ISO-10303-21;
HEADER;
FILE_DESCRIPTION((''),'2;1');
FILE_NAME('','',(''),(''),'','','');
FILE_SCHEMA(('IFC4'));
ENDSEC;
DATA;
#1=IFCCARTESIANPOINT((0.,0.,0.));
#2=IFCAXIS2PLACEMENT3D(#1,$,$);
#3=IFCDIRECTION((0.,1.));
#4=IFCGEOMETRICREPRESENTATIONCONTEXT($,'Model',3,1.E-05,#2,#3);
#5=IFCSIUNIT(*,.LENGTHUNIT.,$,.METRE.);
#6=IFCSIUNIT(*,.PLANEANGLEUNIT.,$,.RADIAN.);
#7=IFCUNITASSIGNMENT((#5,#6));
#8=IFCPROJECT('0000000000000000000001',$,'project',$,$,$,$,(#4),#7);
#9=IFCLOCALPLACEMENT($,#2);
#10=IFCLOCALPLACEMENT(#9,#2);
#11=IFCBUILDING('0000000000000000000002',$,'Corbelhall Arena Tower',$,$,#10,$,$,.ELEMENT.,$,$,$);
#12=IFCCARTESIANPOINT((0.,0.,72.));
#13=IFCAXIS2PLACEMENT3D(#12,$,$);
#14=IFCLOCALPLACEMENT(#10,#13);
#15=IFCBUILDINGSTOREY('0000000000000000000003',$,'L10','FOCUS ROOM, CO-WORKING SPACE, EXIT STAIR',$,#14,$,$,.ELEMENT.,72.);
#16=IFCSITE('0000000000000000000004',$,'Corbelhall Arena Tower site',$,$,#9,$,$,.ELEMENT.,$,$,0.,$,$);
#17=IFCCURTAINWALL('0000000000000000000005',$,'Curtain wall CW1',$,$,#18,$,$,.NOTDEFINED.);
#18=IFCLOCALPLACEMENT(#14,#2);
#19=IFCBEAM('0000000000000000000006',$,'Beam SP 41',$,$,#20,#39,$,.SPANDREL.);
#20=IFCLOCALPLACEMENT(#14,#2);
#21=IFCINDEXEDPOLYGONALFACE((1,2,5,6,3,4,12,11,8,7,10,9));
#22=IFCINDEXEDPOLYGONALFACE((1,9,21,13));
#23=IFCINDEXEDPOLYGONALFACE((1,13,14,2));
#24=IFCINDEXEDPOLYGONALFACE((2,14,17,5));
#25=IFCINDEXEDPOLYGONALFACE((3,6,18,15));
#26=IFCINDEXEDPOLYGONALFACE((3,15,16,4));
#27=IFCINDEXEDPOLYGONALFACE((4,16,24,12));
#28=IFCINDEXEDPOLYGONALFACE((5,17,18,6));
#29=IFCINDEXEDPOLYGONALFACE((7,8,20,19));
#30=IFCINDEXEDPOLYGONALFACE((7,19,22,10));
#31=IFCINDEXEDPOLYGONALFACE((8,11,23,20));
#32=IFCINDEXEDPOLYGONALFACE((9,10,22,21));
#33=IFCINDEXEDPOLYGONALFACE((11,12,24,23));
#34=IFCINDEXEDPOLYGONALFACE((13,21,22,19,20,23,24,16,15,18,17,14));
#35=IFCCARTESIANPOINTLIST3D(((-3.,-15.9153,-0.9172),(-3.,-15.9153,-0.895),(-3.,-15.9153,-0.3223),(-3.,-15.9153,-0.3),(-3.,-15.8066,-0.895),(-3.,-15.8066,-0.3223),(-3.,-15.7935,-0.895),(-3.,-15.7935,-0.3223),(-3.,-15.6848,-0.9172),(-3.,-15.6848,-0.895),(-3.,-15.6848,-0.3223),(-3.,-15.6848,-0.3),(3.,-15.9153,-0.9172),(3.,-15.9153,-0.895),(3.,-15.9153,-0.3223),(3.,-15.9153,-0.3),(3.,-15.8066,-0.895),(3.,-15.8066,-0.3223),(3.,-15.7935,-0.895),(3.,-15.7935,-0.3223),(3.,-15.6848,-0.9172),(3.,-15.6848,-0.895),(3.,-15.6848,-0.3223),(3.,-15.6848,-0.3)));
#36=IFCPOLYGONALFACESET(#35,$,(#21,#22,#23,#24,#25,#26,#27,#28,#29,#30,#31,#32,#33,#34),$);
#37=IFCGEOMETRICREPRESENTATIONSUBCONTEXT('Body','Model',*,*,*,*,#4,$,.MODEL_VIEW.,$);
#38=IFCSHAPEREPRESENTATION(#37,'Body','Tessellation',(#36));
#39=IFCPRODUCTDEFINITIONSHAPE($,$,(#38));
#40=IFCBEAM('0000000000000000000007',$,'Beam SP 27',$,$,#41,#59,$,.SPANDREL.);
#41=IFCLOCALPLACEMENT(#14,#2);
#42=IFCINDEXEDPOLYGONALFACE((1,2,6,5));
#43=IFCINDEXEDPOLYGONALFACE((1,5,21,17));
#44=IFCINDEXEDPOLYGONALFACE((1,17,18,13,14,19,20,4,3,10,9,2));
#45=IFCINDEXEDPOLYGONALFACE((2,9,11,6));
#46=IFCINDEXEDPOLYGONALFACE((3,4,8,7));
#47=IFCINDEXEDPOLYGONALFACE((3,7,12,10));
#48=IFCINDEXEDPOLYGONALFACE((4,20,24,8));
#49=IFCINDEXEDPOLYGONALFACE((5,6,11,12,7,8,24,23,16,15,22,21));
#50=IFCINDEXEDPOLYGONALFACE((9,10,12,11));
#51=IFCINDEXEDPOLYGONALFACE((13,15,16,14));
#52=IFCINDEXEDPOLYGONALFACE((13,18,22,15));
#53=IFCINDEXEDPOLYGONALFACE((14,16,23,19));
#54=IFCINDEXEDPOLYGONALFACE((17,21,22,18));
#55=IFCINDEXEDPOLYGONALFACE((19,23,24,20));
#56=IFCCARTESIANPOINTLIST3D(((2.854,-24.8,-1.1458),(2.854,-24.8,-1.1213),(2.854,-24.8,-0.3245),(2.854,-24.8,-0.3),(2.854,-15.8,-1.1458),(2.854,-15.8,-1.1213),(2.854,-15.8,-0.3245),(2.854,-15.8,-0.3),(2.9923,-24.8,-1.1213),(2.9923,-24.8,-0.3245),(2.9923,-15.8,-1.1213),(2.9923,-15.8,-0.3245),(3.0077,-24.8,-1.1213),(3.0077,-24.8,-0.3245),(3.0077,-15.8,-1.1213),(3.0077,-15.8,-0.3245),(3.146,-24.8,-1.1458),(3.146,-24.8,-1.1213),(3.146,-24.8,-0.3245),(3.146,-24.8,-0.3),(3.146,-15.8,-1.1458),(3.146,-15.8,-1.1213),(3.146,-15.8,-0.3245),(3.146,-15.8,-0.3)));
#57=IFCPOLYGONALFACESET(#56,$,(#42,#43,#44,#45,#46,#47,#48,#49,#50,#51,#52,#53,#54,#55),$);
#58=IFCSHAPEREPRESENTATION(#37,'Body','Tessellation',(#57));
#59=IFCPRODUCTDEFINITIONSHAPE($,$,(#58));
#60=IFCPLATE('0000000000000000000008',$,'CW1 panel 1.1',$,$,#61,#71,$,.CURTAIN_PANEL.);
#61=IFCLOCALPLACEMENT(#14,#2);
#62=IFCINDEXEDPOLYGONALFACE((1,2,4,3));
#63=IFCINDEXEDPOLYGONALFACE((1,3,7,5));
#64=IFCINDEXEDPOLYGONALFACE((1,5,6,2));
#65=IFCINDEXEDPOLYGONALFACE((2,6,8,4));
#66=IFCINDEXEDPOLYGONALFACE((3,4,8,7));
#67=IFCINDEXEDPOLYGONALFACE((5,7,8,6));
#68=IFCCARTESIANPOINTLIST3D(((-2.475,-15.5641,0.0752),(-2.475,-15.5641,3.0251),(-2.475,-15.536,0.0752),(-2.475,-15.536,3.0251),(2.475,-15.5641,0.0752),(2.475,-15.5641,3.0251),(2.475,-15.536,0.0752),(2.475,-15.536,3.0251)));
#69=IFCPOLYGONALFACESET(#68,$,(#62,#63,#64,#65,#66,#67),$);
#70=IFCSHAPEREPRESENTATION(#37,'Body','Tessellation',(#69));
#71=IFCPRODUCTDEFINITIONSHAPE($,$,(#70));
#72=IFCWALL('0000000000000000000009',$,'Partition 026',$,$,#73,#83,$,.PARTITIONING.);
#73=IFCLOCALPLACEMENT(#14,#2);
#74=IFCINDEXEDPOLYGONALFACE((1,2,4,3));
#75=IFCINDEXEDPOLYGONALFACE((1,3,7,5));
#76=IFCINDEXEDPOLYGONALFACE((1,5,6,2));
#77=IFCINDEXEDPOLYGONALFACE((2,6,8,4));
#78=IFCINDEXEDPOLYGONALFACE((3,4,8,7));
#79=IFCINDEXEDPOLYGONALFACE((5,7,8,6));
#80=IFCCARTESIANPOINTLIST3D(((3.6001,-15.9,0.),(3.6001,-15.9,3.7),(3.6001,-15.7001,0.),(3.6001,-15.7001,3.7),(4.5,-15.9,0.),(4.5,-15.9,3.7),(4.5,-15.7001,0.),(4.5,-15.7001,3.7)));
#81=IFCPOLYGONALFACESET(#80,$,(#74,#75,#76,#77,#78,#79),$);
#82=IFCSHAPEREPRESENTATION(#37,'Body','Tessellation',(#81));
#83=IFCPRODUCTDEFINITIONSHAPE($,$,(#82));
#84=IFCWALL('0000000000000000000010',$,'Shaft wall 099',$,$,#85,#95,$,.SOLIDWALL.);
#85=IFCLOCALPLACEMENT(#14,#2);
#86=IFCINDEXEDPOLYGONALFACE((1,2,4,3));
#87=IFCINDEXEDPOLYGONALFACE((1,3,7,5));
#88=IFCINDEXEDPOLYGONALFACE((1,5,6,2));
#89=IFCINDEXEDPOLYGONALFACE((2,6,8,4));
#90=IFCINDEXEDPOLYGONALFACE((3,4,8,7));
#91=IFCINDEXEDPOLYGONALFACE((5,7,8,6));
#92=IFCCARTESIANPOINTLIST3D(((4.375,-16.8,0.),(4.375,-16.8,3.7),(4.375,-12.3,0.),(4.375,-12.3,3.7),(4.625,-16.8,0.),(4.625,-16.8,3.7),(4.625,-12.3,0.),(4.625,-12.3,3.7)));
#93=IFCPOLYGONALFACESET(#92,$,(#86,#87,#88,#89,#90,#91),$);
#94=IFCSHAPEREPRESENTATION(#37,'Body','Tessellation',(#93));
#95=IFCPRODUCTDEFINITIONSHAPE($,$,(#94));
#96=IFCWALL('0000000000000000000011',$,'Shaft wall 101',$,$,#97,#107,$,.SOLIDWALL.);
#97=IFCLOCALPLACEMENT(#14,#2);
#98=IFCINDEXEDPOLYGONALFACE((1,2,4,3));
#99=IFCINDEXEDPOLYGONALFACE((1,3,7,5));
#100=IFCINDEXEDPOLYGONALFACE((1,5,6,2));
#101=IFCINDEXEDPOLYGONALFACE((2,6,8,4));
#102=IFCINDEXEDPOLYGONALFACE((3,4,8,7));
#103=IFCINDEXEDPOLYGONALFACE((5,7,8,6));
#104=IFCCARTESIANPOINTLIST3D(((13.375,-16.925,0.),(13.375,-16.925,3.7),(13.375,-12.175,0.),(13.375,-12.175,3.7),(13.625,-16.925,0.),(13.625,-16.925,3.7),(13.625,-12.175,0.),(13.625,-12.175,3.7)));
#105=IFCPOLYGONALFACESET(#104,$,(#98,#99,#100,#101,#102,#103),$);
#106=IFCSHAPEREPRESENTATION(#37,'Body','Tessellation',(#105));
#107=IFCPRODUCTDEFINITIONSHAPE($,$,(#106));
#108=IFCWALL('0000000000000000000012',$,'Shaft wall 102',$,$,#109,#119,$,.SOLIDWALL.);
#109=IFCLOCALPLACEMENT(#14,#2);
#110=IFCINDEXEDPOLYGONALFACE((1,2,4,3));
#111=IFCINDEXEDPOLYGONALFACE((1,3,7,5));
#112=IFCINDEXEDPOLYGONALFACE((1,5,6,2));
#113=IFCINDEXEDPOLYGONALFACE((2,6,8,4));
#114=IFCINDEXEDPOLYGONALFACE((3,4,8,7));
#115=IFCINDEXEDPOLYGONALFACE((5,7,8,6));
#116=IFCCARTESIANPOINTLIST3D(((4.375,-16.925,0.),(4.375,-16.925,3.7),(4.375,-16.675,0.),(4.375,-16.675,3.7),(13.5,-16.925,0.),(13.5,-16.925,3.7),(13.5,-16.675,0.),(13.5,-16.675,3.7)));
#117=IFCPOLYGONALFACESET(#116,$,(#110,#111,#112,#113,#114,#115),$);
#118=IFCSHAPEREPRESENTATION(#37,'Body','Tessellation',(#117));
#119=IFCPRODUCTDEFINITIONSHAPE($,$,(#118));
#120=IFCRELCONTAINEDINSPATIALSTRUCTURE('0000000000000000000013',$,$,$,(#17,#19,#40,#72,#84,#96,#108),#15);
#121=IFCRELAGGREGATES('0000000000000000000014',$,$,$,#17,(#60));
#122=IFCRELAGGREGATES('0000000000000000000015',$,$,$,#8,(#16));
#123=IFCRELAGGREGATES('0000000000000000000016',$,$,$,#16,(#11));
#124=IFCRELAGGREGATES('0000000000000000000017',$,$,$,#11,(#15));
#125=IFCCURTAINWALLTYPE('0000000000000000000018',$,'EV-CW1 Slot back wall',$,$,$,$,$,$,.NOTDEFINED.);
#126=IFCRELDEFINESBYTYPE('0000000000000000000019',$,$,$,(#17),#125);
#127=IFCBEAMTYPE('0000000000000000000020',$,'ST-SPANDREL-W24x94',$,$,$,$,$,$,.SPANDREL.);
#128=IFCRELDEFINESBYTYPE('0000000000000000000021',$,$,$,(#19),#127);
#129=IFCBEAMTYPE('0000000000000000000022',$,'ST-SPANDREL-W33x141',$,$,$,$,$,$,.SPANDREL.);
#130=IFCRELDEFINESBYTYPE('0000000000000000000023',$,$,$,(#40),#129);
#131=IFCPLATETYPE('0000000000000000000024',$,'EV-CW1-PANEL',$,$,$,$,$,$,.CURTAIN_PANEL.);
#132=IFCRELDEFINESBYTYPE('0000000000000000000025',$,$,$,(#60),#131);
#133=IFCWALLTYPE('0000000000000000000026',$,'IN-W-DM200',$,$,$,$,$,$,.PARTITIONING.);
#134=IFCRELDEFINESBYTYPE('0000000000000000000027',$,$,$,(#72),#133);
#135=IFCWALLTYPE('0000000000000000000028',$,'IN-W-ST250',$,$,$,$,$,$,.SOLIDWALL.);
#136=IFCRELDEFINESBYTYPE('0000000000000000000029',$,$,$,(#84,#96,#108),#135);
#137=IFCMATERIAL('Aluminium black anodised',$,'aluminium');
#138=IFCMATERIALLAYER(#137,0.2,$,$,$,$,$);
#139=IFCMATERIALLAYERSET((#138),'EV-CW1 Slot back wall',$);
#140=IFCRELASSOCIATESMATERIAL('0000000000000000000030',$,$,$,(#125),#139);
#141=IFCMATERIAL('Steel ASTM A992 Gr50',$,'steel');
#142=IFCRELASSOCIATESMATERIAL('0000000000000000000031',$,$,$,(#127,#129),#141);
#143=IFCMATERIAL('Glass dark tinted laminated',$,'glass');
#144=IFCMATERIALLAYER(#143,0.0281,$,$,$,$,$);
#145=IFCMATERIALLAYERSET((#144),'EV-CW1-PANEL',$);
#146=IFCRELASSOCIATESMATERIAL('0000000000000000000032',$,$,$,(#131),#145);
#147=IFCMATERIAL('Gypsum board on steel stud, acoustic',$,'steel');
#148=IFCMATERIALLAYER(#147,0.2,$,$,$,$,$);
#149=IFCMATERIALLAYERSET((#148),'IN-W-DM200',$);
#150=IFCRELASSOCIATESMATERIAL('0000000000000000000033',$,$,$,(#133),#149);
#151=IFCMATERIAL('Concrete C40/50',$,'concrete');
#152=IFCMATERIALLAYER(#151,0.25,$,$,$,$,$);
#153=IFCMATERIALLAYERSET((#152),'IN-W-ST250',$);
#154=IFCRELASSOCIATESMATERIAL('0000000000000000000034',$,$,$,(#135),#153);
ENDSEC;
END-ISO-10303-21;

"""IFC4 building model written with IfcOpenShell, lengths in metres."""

from ifc_helpers import new_model, si_unit, direction, frame, frame_2d, origin, origin_2d, place, context, subcontext, project, spatial, rectangle, i_section, extrude, material, layer, layer_set, material_profile, profile_set, type_object, element, aggregate, save


model = new_model("IFC4")

# Units and contexts
model_context = context("Model", 3, precision=1e-05, world=origin(), true_north=direction((0.0, 1.0)))
body_context = subcontext(model_context, "Body", "Model", "MODEL_VIEW")
ifc_project = project(units=[si_unit("LENGTHUNIT", "METRE"), si_unit("PLANEANGLEUNIT", "RADIAN")], contexts=[model_context])

# Site, building, storey
site_placement = place(None, origin())
site = spatial("IfcSite", under=ifc_project, at=site_placement, Name="Corbelhall Arena Tower site", CompositionType="ELEMENT", RefElevation=0.0)
building_placement = place(site_placement, origin())
building = spatial("IfcBuilding", under=site, at=building_placement, Name="Corbelhall Arena Tower", CompositionType="ELEMENT")
storey_placement = place(building_placement, frame((0.0, 0.0, 72.0)))
storey = spatial("IfcBuildingStorey", under=building, at=storey_placement, Name="L10", Description="FOCUS ROOM, CO-WORKING SPACE, EXIT STAIR", CompositionType="ELEMENT", Elevation=72.0)

# Curtain wall
ifc_material_1 = material(Name="Aluminium black anodised", Category="aluminium")
ifc_layer_1 = layer(ifc_material_1, 0.2)
ifc_layer_set_1 = layer_set([ifc_layer_1], Name="EV-CW1 Slot back wall")
curtain_wall_type = type_object("IfcCurtainWallType", Name="EV-CW1 Slot back wall", PredefinedType="NOTDEFINED", material=ifc_layer_set_1)
curtain_wall_placement = place(storey_placement, origin())
curtain_wall = element("IfcCurtainWall", 1, at=curtain_wall_placement, inside=storey, type_object=curtain_wall_type, Name="Curtain wall CW1", PredefinedType="NOTDEFINED")

# Beams
ifc_material_2 = material(Name="Steel ASTM A992 Gr50", Category="steel")
ifc_material_profile_1 = material_profile(ifc_material_2, i_section(OverallWidth=0.2305, OverallDepth=0.6172, WebThickness=0.0132, FlangeThickness=0.0222, at=origin_2d()))
ifc_profile_set_1 = profile_set([ifc_material_profile_1], Name="Steel ASTM A992 Gr50")
beam_type_1 = type_object("IfcBeamType", Name="ST-SPANDREL-W24x94", PredefinedType="SPANDREL", material=ifc_profile_set_1)
beam_1_placement = place(storey_placement, frame((3.0, -15.8, -0.6086), z_axis=(-1.0, 0.0, 0.0), x_axis=(0.0, -1.0, 0.0)))
element("IfcBeam", 2, at=beam_1_placement, inside=storey, type_object=beam_type_1, Name="Beam SP 41", PredefinedType="SPANDREL", context=body_context, shape_type="SweptSolid", body=[
    extrude(i_section(OverallWidth=0.2305, OverallDepth=0.6172, WebThickness=0.0132, FlangeThickness=0.0222, at=origin_2d()), origin(), (0.0, 0.0, 1.0), 6.0),
])
ifc_material_profile_2 = material_profile(ifc_material_2, i_section(OverallWidth=0.292, OverallDepth=0.8457, WebThickness=0.0154, FlangeThickness=0.0244, at=origin_2d()))
ifc_profile_set_2 = profile_set([ifc_material_profile_2], Name="Steel ASTM A992 Gr50")
beam_type_2 = type_object("IfcBeamType", Name="ST-SPANDREL-W33x141", PredefinedType="SPANDREL", material=ifc_profile_set_2)
beam_2_placement = place(storey_placement, frame((3.0, -24.8, -0.7229), z_axis=(0.0, 1.0, 0.0), x_axis=(-1.0, 0.0, 0.0)))
element("IfcBeam", 3, at=beam_2_placement, inside=storey, type_object=beam_type_2, Name="Beam SP 27", PredefinedType="SPANDREL", context=body_context, shape_type="SweptSolid", body=[
    extrude(i_section(OverallWidth=0.292, OverallDepth=0.8457, WebThickness=0.0154, FlangeThickness=0.0244, at=origin_2d()), origin(), (0.0, 0.0, 1.0), 9.0),
])

# Plate
ifc_material_3 = material(Name="Glass dark tinted laminated", Category="glass")
ifc_layer_2 = layer(ifc_material_3, 0.0281)
ifc_layer_set_2 = layer_set([ifc_layer_2], Name="EV-CW1-PANEL")
plate_type = type_object("IfcPlateType", Name="EV-CW1-PANEL", PredefinedType="CURTAIN_PANEL", material=ifc_layer_set_2)
plate_placement = place(storey_placement, frame((0.0, -15.55, 0.0752), z_axis=(0.0, 0.0, 1.0), x_axis=(1.0, 0.0, 0.0)))
plate = element("IfcPlate", 4, at=plate_placement, type_object=plate_type, Name="CW1 panel 1.1", PredefinedType="CURTAIN_PANEL", context=body_context, shape_type="SweptSolid", body=[
    extrude(rectangle(XDim=4.95, YDim=0.0281, at=origin_2d()), origin(), (0.0, 0.0, 1.0), 2.95),
])
aggregate(curtain_wall, [plate])

# Wall
ifc_material_4 = material(Name="Gypsum board on steel stud, acoustic", Category="steel")
ifc_layer_3 = layer(ifc_material_4, 0.2)
ifc_layer_set_3 = layer_set([ifc_layer_3], Name="IN-W-DM200")
wall_type_1 = type_object("IfcWallType", Name="IN-W-DM200", PredefinedType="PARTITIONING", material=ifc_layer_set_3)
wall_1_placement = place(storey_placement, frame((4.5, -15.8, 0.0), z_axis=(0.0, 0.0, 1.0), x_axis=(-1.0, 0.0, 0.0)))
element("IfcWall", 5, at=wall_1_placement, inside=storey, type_object=wall_type_1, Name="Partition 026", PredefinedType="PARTITIONING", context=body_context, shape_type="SweptSolid", body=[
    extrude(rectangle(XDim=0.8999, YDim=0.2, at=frame_2d((0.45, 0.0))), origin(), (0.0, 0.0, 1.0), 3.7),
])

# Walls
ifc_material_5 = material(Name="Concrete C40/50", Category="concrete")
ifc_layer_4 = layer(ifc_material_5, 0.25)
ifc_layer_set_4 = layer_set([ifc_layer_4], Name="IN-W-ST250")
wall_type_2 = type_object("IfcWallType", Name="IN-W-ST250", PredefinedType="SOLIDWALL", material=ifc_layer_set_4)
wall_2_placement = place(storey_placement, frame((4.5, -16.8, 0.0), z_axis=(0.0, 0.0, 1.0), x_axis=(0.0, 1.0, 0.0)))
element("IfcWall", 6, at=wall_2_placement, inside=storey, type_object=wall_type_2, Name="Shaft wall 099", PredefinedType="SOLIDWALL", context=body_context, shape_type="SweptSolid", body=[
    extrude(rectangle(XDim=4.5, YDim=0.25, at=frame_2d((2.25, 0.0))), origin(), (0.0, 0.0, 1.0), 3.7),
])
wall_3_placement = place(storey_placement, frame((13.5, -16.925, 0.0), z_axis=(0.0, 0.0, 1.0), x_axis=(0.0, 1.0, 0.0)))
element("IfcWall", 7, at=wall_3_placement, inside=storey, type_object=wall_type_2, Name="Shaft wall 101", PredefinedType="SOLIDWALL", context=body_context, shape_type="SweptSolid", body=[
    extrude(rectangle(XDim=4.75, YDim=0.25, at=frame_2d((2.375, 0.0))), origin(), (0.0, 0.0, 1.0), 3.7),
])
wall_4_placement = place(storey_placement, frame((13.5, -16.8, 0.0), z_axis=(0.0, 0.0, 1.0), x_axis=(-1.0, 0.0, 0.0)))
element("IfcWall", 8, at=wall_4_placement, inside=storey, type_object=wall_type_2, Name="Shaft wall 102", PredefinedType="SOLIDWALL", context=body_context, shape_type="SweptSolid", body=[
    extrude(rectangle(XDim=9.125, YDim=0.25, at=frame_2d((4.5625, 0.0))), origin(), (0.0, 0.0, 1.0), 3.7),
])

save(model, "model.ifc")
